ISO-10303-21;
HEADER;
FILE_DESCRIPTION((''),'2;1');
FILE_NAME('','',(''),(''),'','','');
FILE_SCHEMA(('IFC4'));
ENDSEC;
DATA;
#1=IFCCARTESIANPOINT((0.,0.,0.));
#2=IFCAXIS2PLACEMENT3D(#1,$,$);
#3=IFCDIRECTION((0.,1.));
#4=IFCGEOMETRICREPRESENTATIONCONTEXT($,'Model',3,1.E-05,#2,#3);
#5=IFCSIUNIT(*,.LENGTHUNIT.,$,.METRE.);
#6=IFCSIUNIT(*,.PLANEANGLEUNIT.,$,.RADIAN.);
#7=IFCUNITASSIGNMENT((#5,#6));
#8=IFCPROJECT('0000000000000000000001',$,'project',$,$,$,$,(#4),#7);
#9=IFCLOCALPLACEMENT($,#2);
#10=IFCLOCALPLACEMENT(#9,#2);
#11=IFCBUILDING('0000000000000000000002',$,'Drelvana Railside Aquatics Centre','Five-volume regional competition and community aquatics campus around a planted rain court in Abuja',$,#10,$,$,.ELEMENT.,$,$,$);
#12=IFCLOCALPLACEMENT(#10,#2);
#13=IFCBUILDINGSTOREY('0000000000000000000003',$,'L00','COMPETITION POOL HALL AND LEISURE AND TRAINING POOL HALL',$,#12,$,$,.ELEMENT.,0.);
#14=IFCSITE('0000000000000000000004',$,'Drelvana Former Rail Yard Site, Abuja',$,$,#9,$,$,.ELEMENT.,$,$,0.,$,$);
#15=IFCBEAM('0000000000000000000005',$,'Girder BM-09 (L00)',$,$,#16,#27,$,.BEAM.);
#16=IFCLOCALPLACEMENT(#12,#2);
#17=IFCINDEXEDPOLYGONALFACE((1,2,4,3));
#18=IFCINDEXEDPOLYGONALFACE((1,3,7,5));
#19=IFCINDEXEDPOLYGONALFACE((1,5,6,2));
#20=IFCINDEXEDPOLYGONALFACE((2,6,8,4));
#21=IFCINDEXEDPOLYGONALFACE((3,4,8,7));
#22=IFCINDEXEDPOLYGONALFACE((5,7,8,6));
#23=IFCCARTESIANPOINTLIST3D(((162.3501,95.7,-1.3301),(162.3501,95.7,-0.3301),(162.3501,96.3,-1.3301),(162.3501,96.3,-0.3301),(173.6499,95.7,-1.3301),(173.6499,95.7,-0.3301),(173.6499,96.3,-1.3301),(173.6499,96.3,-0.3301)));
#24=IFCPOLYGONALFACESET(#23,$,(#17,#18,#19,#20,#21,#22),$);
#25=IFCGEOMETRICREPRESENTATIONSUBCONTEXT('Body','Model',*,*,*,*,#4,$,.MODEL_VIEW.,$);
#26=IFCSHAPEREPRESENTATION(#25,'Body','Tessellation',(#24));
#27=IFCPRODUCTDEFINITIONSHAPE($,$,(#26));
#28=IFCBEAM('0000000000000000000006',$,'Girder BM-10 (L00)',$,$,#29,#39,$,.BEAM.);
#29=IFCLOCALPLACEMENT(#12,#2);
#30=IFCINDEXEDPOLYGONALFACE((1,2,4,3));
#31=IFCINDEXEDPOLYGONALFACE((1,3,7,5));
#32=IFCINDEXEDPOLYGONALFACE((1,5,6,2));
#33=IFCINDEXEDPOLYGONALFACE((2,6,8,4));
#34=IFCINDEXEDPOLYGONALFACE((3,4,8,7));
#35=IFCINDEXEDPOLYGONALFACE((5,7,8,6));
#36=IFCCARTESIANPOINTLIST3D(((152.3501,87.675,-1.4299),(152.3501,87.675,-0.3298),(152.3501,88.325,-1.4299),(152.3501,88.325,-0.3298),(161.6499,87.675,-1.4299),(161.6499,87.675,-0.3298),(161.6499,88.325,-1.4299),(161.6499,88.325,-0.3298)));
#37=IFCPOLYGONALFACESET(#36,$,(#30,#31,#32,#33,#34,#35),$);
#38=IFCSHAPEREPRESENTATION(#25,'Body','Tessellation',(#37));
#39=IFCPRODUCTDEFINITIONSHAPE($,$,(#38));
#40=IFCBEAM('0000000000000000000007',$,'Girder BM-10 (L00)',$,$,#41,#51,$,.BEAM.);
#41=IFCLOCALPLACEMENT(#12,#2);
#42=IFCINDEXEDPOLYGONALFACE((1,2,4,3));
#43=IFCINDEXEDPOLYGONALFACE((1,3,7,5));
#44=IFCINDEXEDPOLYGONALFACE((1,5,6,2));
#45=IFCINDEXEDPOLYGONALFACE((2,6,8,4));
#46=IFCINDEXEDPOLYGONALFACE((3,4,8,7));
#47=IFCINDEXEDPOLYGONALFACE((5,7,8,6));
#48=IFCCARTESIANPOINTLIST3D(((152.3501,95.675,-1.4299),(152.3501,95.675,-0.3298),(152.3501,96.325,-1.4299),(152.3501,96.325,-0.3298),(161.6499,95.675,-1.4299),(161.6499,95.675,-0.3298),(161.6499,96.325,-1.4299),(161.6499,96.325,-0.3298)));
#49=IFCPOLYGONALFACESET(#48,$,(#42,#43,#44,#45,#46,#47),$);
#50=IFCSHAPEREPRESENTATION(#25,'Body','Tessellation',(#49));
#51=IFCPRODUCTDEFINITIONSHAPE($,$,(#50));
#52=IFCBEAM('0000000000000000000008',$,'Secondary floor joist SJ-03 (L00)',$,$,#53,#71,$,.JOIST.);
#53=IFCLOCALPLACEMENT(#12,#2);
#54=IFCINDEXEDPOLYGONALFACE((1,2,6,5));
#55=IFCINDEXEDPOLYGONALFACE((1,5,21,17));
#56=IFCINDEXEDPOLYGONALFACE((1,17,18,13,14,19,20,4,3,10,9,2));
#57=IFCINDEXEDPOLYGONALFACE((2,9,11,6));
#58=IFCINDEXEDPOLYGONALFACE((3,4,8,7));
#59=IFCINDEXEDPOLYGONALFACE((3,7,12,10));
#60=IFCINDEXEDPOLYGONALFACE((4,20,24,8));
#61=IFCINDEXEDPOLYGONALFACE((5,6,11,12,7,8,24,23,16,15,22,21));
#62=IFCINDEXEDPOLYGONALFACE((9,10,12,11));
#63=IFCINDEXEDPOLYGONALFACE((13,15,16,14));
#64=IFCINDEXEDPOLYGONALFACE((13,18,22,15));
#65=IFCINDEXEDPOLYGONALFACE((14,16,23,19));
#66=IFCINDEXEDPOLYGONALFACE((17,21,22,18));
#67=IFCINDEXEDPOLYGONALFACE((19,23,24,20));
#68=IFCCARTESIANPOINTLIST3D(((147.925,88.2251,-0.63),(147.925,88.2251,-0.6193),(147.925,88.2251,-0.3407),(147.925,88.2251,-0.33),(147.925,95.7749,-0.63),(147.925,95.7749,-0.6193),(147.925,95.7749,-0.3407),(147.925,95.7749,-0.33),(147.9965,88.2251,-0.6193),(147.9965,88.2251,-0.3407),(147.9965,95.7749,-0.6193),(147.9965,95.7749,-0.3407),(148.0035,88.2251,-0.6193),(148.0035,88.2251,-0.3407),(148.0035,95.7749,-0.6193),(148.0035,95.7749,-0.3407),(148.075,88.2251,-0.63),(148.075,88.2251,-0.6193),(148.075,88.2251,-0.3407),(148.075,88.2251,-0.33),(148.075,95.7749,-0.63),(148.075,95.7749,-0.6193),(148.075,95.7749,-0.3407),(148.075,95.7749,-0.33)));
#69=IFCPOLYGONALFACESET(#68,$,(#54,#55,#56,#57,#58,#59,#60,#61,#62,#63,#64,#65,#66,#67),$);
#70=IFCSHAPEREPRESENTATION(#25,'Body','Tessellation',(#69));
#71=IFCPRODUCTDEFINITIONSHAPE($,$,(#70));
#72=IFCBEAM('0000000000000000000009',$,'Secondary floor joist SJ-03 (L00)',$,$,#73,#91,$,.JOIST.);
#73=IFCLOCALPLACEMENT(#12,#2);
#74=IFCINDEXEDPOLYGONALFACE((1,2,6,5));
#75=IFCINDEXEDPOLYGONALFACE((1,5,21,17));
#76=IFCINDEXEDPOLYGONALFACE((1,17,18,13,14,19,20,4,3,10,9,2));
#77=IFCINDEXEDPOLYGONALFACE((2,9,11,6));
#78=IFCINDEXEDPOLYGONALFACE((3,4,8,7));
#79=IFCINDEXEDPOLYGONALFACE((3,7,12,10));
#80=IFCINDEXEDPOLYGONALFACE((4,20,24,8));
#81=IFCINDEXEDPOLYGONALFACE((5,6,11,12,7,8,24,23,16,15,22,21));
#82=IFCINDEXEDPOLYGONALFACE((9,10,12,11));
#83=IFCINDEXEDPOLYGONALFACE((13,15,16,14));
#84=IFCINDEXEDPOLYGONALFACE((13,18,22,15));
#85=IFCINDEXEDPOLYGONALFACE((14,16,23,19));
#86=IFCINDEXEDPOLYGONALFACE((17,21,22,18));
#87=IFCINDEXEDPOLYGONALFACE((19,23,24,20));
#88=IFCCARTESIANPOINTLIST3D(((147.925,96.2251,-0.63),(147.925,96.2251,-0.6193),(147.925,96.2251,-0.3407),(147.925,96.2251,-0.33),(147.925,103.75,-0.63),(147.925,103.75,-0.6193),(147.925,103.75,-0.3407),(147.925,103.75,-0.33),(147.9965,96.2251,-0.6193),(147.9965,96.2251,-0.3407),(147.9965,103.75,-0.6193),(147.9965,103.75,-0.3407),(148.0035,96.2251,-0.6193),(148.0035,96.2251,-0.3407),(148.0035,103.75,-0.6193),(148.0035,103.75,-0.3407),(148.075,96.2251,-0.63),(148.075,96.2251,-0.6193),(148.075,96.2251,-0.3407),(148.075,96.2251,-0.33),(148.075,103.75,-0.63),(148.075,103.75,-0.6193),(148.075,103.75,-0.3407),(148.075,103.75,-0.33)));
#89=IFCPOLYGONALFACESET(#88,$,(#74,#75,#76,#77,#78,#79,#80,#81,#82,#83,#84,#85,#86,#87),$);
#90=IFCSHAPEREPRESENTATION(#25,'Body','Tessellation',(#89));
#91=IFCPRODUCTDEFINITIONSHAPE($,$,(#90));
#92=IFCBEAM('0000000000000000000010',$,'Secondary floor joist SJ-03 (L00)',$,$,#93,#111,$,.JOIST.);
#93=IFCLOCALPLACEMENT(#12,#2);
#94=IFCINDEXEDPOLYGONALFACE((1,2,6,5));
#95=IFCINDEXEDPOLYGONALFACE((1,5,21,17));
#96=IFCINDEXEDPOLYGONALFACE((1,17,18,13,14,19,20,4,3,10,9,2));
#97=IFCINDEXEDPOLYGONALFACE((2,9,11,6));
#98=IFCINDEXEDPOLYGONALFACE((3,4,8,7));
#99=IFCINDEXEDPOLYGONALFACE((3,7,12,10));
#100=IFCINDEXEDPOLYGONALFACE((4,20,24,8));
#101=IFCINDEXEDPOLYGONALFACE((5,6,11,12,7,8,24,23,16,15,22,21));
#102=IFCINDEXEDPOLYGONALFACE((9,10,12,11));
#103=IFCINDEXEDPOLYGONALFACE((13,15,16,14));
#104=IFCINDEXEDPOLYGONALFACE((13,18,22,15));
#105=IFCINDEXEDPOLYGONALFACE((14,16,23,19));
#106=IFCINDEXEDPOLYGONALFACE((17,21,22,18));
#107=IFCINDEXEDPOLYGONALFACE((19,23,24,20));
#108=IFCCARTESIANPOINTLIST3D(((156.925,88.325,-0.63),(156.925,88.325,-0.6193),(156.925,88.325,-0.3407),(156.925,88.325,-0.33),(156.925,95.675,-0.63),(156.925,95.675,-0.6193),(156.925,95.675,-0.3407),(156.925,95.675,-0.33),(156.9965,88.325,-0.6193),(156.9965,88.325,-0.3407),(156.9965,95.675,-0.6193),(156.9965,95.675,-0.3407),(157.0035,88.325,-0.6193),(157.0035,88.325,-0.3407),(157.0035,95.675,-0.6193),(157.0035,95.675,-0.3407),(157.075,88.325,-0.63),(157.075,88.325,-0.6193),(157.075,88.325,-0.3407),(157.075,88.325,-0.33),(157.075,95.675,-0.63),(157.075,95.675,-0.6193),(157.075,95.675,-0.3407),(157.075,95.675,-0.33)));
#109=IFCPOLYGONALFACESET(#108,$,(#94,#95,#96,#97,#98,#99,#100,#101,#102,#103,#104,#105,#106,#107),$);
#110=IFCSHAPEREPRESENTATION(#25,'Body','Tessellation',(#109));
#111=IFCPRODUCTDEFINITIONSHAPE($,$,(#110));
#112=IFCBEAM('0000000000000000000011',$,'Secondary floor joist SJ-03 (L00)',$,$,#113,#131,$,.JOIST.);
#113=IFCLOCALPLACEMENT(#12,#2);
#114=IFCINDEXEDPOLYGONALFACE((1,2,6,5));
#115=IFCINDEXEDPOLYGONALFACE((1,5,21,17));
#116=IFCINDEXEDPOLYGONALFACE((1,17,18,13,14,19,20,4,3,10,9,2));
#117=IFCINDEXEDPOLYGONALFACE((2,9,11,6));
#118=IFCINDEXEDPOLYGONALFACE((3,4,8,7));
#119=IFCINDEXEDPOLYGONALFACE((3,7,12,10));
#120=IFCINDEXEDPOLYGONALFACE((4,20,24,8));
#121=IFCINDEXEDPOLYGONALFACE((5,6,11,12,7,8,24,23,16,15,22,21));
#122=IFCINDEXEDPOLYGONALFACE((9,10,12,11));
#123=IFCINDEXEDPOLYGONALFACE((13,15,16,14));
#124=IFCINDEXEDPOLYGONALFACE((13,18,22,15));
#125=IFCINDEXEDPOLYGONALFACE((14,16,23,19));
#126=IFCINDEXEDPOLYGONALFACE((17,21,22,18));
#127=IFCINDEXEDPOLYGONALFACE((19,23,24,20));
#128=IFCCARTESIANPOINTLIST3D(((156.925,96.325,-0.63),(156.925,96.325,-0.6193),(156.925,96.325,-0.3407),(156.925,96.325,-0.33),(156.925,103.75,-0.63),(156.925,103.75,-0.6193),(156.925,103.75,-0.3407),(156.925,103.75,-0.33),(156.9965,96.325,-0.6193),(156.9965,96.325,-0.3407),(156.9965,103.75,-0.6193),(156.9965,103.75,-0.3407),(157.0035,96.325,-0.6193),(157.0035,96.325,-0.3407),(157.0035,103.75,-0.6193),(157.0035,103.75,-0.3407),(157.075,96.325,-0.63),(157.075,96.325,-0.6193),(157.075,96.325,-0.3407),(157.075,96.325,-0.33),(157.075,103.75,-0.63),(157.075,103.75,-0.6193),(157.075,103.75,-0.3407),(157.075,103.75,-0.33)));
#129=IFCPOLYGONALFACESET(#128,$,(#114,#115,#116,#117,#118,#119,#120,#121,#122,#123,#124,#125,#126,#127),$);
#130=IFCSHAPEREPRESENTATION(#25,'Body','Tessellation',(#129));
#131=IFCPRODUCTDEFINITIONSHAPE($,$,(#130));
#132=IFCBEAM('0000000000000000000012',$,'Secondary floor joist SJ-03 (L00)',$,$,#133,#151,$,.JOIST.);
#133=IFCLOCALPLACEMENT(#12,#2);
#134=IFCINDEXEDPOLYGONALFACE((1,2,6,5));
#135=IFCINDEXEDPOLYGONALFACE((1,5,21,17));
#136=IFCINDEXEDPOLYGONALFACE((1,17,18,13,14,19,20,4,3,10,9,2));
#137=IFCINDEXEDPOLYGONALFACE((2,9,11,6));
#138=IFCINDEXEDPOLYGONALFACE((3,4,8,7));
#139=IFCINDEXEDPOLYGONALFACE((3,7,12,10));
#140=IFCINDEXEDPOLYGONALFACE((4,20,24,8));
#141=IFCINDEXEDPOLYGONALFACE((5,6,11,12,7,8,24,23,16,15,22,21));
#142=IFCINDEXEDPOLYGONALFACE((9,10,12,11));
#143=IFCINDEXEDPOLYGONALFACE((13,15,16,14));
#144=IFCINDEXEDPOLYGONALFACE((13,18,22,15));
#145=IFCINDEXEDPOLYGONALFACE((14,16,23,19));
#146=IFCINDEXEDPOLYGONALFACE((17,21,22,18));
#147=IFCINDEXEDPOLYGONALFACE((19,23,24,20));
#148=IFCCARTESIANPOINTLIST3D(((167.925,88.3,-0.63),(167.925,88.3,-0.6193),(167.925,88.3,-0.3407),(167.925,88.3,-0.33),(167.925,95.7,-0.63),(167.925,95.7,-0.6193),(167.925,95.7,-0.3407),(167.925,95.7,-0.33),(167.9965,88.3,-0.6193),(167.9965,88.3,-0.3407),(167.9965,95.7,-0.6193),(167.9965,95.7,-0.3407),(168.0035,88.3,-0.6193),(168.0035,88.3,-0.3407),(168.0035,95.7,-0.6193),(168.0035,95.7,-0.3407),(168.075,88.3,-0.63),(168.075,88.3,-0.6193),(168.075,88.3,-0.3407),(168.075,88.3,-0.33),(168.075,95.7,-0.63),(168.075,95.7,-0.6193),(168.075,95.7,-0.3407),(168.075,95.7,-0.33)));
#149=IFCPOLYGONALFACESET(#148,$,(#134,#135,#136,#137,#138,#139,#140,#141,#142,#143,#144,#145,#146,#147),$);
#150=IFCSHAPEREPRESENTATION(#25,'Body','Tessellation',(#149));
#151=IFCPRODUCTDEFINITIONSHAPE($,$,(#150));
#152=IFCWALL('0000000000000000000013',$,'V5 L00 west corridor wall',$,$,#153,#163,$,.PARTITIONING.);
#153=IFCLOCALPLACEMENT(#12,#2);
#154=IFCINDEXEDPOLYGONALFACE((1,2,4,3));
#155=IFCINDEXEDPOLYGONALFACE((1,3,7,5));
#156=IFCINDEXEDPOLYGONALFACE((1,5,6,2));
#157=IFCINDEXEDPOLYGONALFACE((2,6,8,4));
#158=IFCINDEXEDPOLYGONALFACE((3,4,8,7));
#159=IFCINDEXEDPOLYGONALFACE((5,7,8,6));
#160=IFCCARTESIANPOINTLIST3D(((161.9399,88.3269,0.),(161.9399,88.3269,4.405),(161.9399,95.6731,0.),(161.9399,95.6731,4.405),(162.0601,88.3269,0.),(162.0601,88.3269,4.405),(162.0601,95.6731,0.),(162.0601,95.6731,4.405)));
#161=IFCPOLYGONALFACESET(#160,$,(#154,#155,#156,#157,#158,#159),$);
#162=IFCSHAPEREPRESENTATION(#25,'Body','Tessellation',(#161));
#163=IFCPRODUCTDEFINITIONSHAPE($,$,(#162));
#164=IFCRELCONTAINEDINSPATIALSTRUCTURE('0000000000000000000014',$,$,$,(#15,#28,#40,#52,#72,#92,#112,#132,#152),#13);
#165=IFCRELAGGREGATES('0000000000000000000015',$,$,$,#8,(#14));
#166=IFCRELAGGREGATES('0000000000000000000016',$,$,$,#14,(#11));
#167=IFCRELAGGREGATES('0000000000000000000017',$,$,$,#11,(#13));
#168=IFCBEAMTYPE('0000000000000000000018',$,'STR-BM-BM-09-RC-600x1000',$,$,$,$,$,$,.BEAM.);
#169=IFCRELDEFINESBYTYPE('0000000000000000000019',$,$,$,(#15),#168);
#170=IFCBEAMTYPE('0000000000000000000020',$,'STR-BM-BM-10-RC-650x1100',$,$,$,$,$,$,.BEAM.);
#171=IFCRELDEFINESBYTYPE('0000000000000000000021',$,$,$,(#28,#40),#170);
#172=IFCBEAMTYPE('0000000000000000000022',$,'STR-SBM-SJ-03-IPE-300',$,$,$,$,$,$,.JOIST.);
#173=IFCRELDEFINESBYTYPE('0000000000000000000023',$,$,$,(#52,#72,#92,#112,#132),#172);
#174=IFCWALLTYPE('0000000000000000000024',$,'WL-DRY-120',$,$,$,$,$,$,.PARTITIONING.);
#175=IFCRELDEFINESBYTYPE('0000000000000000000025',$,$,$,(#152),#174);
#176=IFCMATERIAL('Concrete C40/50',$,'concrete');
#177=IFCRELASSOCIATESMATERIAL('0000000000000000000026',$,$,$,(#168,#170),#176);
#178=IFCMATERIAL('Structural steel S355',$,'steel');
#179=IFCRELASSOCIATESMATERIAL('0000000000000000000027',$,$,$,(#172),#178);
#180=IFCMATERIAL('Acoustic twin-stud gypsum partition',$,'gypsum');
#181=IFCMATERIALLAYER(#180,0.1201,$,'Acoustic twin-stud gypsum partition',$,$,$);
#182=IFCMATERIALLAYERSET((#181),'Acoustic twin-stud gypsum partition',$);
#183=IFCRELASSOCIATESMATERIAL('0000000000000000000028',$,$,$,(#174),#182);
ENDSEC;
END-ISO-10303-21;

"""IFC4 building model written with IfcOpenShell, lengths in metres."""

from ifc_helpers import new_model, si_unit, direction, frame, frame_2d, origin, origin_2d, place, context, subcontext, project, spatial, rectangle, i_section, extrude, material, layer, layer_set, material_profile, profile_set, type_object, element, save


model = new_model("IFC4")

# Units and contexts
model_context = context("Model", 3, precision=1e-05, world=origin(), true_north=direction((0.0, 1.0)))
body_context = subcontext(model_context, "Body", "Model", "MODEL_VIEW")
ifc_project = project(units=[si_unit("LENGTHUNIT", "METRE"), si_unit("PLANEANGLEUNIT", "RADIAN")], contexts=[model_context])

# Site, building, storey
site_placement = place(None, origin())
site = spatial("IfcSite", under=ifc_project, at=site_placement, Name="Drelvana Former Rail Yard Site, Abuja", CompositionType="ELEMENT", RefElevation=0.0)
building_placement = place(site_placement, origin())
building = spatial("IfcBuilding", under=site, at=building_placement, Name="Drelvana Railside Aquatics Centre", Description="Five-volume regional competition and community aquatics campus around a planted rain court in Abuja", CompositionType="ELEMENT")
storey_placement = place(building_placement, origin())
storey = spatial("IfcBuildingStorey", under=building, at=storey_placement, Name="L00", Description="COMPETITION POOL HALL AND LEISURE AND TRAINING POOL HALL", CompositionType="ELEMENT", Elevation=0.0)

# Shared definitions
ifc_material_1 = material(Name="Concrete C40/50", Category="concrete")

# Beams
ifc_material_profile_1 = material_profile(ifc_material_1, rectangle(XDim=0.6001, YDim=1.0, at=origin_2d()), Name="RC 600x1000")
ifc_profile_set_1 = profile_set([ifc_material_profile_1], Name="Concrete C40/50")
beam_type_1 = type_object("IfcBeamType", Name="STR-BM-BM-09-RC-600x1000", PredefinedType="BEAM", material=ifc_profile_set_1)
for number, where, z_axis, x_axis, name in (
    (1, (162.3501, 96.0, -0.8301), (1.0, 0.0, 0.0), (0.0, 1.0, 0.0), "Girder BM-09 (L00)"),
):
    element("IfcBeam", number, at=place(storey_placement, frame(where, z_axis=z_axis, x_axis=x_axis)), inside=storey, type_object=beam_type_1, Name=name, PredefinedType="BEAM", context=body_context, shape_type="SweptSolid", body=[
        extrude(rectangle(XDim=0.6001, YDim=1.0, at=origin_2d()), origin(), (0.0, 0.0, 1.0), 11.2998),
    ])
ifc_material_profile_2 = material_profile(ifc_material_1, rectangle(XDim=0.6499, YDim=1.1001, at=origin_2d()), Name="RC 650x1100")
ifc_profile_set_2 = profile_set([ifc_material_profile_2], Name="Concrete C40/50")
beam_type_2 = type_object("IfcBeamType", Name="STR-BM-BM-10-RC-650x1100", PredefinedType="BEAM", material=ifc_profile_set_2)
for number, where, z_axis, x_axis, name in (
    (2, (152.3501, 88.0, -0.8799), (1.0, 0.0, 0.0), (0.0, 1.0, 0.0), "Girder BM-10 (L00)"),
    (3, (152.3501, 96.0, -0.8799), (1.0, 0.0, 0.0), (0.0, 1.0, 0.0), "Girder BM-10 (L00)"),
):
    element("IfcBeam", number, at=place(storey_placement, frame(where, z_axis=z_axis, x_axis=x_axis)), inside=storey, type_object=beam_type_2, Name=name, PredefinedType="BEAM", context=body_context, shape_type="SweptSolid", body=[
        extrude(rectangle(XDim=0.6499, YDim=1.1001, at=origin_2d()), origin(), (0.0, 0.0, 1.0), 9.2998),
    ])
ifc_material_2 = material(Name="Structural steel S355", Category="steel")
ifc_material_profile_3 = material_profile(ifc_material_2, i_section(OverallWidth=0.1499, OverallDepth=0.3, WebThickness=0.0071, FlangeThickness=0.0107, at=origin_2d()), Name="IPE 300")
ifc_profile_set_3 = profile_set([ifc_material_profile_3], Name="Structural steel S355")
beam_type_3 = type_object("IfcBeamType", Name="STR-SBM-SJ-03-IPE-300", PredefinedType="JOIST", material=ifc_profile_set_3)
beam_1_placement = place(storey_placement, frame((148.0, 88.2251, -0.48), z_axis=(0.0, 1.0, 0.0), x_axis=(-1.0, 0.0, 0.0)))
element("IfcBeam", 4, at=beam_1_placement, inside=storey, type_object=beam_type_3, Name="Secondary floor joist SJ-03 (L00)", PredefinedType="JOIST", context=body_context, shape_type="SweptSolid", body=[
    extrude(i_section(OverallWidth=0.1499, OverallDepth=0.3, WebThickness=0.0071, FlangeThickness=0.0107, at=origin_2d()), origin(), (0.0, 0.0, 1.0), 7.5498),
])
beam_2_placement = place(storey_placement, frame((148.0, 96.2251, -0.48), z_axis=(0.0, 1.0, 0.0), x_axis=(-1.0, 0.0, 0.0)))
element("IfcBeam", 5, at=beam_2_placement, inside=storey, type_object=beam_type_3, Name="Secondary floor joist SJ-03 (L00)", PredefinedType="JOIST", context=body_context, shape_type="SweptSolid", body=[
    extrude(i_section(OverallWidth=0.1499, OverallDepth=0.3, WebThickness=0.0071, FlangeThickness=0.0107, at=origin_2d()), origin(), (0.0, 0.0, 1.0), 7.5249),
])
beam_3_placement = place(storey_placement, frame((157.0, 88.325, -0.48), z_axis=(0.0, 1.0, 0.0), x_axis=(-1.0, 0.0, 0.0)))
element("IfcBeam", 6, at=beam_3_placement, inside=storey, type_object=beam_type_3, Name="Secondary floor joist SJ-03 (L00)", PredefinedType="JOIST", context=body_context, shape_type="SweptSolid", body=[
    extrude(i_section(OverallWidth=0.1499, OverallDepth=0.3, WebThickness=0.0071, FlangeThickness=0.0107, at=origin_2d()), origin(), (0.0, 0.0, 1.0), 7.3501),
])
beam_4_placement = place(storey_placement, frame((157.0, 96.325, -0.48), z_axis=(0.0, 1.0, 0.0), x_axis=(-1.0, 0.0, 0.0)))
element("IfcBeam", 7, at=beam_4_placement, inside=storey, type_object=beam_type_3, Name="Secondary floor joist SJ-03 (L00)", PredefinedType="JOIST", context=body_context, shape_type="SweptSolid", body=[
    extrude(i_section(OverallWidth=0.1499, OverallDepth=0.3, WebThickness=0.0071, FlangeThickness=0.0107, at=origin_2d()), origin(), (0.0, 0.0, 1.0), 7.425),
])
beam_5_placement = place(storey_placement, frame((168.0, 88.3, -0.48), z_axis=(0.0, 1.0, 0.0), x_axis=(-1.0, 0.0, 0.0)))
element("IfcBeam", 8, at=beam_5_placement, inside=storey, type_object=beam_type_3, Name="Secondary floor joist SJ-03 (L00)", PredefinedType="JOIST", context=body_context, shape_type="SweptSolid", body=[
    extrude(i_section(OverallWidth=0.1499, OverallDepth=0.3, WebThickness=0.0071, FlangeThickness=0.0107, at=origin_2d()), origin(), (0.0, 0.0, 1.0), 7.3999),
])

# Wall
ifc_material_3 = material(Name="Acoustic twin-stud gypsum partition", Category="gypsum")
ifc_layer_1 = layer(ifc_material_3, 0.1201, Name="Acoustic twin-stud gypsum partition")
ifc_layer_set_1 = layer_set([ifc_layer_1], Name="Acoustic twin-stud gypsum partition")
wall_type_1 = type_object("IfcWallType", Name="WL-DRY-120", PredefinedType="PARTITIONING", material=ifc_layer_set_1)
wall_1_placement = place(storey_placement, frame((162.0, 88.3269, 0.0), z_axis=(0.0, 0.0, 1.0), x_axis=(0.0, 1.0, 0.0)))
element("IfcWall", 9, at=wall_1_placement, inside=storey, type_object=wall_type_1, Name="V5 L00 west corridor wall", PredefinedType="PARTITIONING", context=body_context, shape_type="SweptSolid", body=[
    extrude(rectangle(XDim=7.3462, YDim=0.1201, at=frame_2d((3.6731, 0.0))), origin(), (0.0, 0.0, 1.0), 4.405),
])

save(model, "model.ifc")
